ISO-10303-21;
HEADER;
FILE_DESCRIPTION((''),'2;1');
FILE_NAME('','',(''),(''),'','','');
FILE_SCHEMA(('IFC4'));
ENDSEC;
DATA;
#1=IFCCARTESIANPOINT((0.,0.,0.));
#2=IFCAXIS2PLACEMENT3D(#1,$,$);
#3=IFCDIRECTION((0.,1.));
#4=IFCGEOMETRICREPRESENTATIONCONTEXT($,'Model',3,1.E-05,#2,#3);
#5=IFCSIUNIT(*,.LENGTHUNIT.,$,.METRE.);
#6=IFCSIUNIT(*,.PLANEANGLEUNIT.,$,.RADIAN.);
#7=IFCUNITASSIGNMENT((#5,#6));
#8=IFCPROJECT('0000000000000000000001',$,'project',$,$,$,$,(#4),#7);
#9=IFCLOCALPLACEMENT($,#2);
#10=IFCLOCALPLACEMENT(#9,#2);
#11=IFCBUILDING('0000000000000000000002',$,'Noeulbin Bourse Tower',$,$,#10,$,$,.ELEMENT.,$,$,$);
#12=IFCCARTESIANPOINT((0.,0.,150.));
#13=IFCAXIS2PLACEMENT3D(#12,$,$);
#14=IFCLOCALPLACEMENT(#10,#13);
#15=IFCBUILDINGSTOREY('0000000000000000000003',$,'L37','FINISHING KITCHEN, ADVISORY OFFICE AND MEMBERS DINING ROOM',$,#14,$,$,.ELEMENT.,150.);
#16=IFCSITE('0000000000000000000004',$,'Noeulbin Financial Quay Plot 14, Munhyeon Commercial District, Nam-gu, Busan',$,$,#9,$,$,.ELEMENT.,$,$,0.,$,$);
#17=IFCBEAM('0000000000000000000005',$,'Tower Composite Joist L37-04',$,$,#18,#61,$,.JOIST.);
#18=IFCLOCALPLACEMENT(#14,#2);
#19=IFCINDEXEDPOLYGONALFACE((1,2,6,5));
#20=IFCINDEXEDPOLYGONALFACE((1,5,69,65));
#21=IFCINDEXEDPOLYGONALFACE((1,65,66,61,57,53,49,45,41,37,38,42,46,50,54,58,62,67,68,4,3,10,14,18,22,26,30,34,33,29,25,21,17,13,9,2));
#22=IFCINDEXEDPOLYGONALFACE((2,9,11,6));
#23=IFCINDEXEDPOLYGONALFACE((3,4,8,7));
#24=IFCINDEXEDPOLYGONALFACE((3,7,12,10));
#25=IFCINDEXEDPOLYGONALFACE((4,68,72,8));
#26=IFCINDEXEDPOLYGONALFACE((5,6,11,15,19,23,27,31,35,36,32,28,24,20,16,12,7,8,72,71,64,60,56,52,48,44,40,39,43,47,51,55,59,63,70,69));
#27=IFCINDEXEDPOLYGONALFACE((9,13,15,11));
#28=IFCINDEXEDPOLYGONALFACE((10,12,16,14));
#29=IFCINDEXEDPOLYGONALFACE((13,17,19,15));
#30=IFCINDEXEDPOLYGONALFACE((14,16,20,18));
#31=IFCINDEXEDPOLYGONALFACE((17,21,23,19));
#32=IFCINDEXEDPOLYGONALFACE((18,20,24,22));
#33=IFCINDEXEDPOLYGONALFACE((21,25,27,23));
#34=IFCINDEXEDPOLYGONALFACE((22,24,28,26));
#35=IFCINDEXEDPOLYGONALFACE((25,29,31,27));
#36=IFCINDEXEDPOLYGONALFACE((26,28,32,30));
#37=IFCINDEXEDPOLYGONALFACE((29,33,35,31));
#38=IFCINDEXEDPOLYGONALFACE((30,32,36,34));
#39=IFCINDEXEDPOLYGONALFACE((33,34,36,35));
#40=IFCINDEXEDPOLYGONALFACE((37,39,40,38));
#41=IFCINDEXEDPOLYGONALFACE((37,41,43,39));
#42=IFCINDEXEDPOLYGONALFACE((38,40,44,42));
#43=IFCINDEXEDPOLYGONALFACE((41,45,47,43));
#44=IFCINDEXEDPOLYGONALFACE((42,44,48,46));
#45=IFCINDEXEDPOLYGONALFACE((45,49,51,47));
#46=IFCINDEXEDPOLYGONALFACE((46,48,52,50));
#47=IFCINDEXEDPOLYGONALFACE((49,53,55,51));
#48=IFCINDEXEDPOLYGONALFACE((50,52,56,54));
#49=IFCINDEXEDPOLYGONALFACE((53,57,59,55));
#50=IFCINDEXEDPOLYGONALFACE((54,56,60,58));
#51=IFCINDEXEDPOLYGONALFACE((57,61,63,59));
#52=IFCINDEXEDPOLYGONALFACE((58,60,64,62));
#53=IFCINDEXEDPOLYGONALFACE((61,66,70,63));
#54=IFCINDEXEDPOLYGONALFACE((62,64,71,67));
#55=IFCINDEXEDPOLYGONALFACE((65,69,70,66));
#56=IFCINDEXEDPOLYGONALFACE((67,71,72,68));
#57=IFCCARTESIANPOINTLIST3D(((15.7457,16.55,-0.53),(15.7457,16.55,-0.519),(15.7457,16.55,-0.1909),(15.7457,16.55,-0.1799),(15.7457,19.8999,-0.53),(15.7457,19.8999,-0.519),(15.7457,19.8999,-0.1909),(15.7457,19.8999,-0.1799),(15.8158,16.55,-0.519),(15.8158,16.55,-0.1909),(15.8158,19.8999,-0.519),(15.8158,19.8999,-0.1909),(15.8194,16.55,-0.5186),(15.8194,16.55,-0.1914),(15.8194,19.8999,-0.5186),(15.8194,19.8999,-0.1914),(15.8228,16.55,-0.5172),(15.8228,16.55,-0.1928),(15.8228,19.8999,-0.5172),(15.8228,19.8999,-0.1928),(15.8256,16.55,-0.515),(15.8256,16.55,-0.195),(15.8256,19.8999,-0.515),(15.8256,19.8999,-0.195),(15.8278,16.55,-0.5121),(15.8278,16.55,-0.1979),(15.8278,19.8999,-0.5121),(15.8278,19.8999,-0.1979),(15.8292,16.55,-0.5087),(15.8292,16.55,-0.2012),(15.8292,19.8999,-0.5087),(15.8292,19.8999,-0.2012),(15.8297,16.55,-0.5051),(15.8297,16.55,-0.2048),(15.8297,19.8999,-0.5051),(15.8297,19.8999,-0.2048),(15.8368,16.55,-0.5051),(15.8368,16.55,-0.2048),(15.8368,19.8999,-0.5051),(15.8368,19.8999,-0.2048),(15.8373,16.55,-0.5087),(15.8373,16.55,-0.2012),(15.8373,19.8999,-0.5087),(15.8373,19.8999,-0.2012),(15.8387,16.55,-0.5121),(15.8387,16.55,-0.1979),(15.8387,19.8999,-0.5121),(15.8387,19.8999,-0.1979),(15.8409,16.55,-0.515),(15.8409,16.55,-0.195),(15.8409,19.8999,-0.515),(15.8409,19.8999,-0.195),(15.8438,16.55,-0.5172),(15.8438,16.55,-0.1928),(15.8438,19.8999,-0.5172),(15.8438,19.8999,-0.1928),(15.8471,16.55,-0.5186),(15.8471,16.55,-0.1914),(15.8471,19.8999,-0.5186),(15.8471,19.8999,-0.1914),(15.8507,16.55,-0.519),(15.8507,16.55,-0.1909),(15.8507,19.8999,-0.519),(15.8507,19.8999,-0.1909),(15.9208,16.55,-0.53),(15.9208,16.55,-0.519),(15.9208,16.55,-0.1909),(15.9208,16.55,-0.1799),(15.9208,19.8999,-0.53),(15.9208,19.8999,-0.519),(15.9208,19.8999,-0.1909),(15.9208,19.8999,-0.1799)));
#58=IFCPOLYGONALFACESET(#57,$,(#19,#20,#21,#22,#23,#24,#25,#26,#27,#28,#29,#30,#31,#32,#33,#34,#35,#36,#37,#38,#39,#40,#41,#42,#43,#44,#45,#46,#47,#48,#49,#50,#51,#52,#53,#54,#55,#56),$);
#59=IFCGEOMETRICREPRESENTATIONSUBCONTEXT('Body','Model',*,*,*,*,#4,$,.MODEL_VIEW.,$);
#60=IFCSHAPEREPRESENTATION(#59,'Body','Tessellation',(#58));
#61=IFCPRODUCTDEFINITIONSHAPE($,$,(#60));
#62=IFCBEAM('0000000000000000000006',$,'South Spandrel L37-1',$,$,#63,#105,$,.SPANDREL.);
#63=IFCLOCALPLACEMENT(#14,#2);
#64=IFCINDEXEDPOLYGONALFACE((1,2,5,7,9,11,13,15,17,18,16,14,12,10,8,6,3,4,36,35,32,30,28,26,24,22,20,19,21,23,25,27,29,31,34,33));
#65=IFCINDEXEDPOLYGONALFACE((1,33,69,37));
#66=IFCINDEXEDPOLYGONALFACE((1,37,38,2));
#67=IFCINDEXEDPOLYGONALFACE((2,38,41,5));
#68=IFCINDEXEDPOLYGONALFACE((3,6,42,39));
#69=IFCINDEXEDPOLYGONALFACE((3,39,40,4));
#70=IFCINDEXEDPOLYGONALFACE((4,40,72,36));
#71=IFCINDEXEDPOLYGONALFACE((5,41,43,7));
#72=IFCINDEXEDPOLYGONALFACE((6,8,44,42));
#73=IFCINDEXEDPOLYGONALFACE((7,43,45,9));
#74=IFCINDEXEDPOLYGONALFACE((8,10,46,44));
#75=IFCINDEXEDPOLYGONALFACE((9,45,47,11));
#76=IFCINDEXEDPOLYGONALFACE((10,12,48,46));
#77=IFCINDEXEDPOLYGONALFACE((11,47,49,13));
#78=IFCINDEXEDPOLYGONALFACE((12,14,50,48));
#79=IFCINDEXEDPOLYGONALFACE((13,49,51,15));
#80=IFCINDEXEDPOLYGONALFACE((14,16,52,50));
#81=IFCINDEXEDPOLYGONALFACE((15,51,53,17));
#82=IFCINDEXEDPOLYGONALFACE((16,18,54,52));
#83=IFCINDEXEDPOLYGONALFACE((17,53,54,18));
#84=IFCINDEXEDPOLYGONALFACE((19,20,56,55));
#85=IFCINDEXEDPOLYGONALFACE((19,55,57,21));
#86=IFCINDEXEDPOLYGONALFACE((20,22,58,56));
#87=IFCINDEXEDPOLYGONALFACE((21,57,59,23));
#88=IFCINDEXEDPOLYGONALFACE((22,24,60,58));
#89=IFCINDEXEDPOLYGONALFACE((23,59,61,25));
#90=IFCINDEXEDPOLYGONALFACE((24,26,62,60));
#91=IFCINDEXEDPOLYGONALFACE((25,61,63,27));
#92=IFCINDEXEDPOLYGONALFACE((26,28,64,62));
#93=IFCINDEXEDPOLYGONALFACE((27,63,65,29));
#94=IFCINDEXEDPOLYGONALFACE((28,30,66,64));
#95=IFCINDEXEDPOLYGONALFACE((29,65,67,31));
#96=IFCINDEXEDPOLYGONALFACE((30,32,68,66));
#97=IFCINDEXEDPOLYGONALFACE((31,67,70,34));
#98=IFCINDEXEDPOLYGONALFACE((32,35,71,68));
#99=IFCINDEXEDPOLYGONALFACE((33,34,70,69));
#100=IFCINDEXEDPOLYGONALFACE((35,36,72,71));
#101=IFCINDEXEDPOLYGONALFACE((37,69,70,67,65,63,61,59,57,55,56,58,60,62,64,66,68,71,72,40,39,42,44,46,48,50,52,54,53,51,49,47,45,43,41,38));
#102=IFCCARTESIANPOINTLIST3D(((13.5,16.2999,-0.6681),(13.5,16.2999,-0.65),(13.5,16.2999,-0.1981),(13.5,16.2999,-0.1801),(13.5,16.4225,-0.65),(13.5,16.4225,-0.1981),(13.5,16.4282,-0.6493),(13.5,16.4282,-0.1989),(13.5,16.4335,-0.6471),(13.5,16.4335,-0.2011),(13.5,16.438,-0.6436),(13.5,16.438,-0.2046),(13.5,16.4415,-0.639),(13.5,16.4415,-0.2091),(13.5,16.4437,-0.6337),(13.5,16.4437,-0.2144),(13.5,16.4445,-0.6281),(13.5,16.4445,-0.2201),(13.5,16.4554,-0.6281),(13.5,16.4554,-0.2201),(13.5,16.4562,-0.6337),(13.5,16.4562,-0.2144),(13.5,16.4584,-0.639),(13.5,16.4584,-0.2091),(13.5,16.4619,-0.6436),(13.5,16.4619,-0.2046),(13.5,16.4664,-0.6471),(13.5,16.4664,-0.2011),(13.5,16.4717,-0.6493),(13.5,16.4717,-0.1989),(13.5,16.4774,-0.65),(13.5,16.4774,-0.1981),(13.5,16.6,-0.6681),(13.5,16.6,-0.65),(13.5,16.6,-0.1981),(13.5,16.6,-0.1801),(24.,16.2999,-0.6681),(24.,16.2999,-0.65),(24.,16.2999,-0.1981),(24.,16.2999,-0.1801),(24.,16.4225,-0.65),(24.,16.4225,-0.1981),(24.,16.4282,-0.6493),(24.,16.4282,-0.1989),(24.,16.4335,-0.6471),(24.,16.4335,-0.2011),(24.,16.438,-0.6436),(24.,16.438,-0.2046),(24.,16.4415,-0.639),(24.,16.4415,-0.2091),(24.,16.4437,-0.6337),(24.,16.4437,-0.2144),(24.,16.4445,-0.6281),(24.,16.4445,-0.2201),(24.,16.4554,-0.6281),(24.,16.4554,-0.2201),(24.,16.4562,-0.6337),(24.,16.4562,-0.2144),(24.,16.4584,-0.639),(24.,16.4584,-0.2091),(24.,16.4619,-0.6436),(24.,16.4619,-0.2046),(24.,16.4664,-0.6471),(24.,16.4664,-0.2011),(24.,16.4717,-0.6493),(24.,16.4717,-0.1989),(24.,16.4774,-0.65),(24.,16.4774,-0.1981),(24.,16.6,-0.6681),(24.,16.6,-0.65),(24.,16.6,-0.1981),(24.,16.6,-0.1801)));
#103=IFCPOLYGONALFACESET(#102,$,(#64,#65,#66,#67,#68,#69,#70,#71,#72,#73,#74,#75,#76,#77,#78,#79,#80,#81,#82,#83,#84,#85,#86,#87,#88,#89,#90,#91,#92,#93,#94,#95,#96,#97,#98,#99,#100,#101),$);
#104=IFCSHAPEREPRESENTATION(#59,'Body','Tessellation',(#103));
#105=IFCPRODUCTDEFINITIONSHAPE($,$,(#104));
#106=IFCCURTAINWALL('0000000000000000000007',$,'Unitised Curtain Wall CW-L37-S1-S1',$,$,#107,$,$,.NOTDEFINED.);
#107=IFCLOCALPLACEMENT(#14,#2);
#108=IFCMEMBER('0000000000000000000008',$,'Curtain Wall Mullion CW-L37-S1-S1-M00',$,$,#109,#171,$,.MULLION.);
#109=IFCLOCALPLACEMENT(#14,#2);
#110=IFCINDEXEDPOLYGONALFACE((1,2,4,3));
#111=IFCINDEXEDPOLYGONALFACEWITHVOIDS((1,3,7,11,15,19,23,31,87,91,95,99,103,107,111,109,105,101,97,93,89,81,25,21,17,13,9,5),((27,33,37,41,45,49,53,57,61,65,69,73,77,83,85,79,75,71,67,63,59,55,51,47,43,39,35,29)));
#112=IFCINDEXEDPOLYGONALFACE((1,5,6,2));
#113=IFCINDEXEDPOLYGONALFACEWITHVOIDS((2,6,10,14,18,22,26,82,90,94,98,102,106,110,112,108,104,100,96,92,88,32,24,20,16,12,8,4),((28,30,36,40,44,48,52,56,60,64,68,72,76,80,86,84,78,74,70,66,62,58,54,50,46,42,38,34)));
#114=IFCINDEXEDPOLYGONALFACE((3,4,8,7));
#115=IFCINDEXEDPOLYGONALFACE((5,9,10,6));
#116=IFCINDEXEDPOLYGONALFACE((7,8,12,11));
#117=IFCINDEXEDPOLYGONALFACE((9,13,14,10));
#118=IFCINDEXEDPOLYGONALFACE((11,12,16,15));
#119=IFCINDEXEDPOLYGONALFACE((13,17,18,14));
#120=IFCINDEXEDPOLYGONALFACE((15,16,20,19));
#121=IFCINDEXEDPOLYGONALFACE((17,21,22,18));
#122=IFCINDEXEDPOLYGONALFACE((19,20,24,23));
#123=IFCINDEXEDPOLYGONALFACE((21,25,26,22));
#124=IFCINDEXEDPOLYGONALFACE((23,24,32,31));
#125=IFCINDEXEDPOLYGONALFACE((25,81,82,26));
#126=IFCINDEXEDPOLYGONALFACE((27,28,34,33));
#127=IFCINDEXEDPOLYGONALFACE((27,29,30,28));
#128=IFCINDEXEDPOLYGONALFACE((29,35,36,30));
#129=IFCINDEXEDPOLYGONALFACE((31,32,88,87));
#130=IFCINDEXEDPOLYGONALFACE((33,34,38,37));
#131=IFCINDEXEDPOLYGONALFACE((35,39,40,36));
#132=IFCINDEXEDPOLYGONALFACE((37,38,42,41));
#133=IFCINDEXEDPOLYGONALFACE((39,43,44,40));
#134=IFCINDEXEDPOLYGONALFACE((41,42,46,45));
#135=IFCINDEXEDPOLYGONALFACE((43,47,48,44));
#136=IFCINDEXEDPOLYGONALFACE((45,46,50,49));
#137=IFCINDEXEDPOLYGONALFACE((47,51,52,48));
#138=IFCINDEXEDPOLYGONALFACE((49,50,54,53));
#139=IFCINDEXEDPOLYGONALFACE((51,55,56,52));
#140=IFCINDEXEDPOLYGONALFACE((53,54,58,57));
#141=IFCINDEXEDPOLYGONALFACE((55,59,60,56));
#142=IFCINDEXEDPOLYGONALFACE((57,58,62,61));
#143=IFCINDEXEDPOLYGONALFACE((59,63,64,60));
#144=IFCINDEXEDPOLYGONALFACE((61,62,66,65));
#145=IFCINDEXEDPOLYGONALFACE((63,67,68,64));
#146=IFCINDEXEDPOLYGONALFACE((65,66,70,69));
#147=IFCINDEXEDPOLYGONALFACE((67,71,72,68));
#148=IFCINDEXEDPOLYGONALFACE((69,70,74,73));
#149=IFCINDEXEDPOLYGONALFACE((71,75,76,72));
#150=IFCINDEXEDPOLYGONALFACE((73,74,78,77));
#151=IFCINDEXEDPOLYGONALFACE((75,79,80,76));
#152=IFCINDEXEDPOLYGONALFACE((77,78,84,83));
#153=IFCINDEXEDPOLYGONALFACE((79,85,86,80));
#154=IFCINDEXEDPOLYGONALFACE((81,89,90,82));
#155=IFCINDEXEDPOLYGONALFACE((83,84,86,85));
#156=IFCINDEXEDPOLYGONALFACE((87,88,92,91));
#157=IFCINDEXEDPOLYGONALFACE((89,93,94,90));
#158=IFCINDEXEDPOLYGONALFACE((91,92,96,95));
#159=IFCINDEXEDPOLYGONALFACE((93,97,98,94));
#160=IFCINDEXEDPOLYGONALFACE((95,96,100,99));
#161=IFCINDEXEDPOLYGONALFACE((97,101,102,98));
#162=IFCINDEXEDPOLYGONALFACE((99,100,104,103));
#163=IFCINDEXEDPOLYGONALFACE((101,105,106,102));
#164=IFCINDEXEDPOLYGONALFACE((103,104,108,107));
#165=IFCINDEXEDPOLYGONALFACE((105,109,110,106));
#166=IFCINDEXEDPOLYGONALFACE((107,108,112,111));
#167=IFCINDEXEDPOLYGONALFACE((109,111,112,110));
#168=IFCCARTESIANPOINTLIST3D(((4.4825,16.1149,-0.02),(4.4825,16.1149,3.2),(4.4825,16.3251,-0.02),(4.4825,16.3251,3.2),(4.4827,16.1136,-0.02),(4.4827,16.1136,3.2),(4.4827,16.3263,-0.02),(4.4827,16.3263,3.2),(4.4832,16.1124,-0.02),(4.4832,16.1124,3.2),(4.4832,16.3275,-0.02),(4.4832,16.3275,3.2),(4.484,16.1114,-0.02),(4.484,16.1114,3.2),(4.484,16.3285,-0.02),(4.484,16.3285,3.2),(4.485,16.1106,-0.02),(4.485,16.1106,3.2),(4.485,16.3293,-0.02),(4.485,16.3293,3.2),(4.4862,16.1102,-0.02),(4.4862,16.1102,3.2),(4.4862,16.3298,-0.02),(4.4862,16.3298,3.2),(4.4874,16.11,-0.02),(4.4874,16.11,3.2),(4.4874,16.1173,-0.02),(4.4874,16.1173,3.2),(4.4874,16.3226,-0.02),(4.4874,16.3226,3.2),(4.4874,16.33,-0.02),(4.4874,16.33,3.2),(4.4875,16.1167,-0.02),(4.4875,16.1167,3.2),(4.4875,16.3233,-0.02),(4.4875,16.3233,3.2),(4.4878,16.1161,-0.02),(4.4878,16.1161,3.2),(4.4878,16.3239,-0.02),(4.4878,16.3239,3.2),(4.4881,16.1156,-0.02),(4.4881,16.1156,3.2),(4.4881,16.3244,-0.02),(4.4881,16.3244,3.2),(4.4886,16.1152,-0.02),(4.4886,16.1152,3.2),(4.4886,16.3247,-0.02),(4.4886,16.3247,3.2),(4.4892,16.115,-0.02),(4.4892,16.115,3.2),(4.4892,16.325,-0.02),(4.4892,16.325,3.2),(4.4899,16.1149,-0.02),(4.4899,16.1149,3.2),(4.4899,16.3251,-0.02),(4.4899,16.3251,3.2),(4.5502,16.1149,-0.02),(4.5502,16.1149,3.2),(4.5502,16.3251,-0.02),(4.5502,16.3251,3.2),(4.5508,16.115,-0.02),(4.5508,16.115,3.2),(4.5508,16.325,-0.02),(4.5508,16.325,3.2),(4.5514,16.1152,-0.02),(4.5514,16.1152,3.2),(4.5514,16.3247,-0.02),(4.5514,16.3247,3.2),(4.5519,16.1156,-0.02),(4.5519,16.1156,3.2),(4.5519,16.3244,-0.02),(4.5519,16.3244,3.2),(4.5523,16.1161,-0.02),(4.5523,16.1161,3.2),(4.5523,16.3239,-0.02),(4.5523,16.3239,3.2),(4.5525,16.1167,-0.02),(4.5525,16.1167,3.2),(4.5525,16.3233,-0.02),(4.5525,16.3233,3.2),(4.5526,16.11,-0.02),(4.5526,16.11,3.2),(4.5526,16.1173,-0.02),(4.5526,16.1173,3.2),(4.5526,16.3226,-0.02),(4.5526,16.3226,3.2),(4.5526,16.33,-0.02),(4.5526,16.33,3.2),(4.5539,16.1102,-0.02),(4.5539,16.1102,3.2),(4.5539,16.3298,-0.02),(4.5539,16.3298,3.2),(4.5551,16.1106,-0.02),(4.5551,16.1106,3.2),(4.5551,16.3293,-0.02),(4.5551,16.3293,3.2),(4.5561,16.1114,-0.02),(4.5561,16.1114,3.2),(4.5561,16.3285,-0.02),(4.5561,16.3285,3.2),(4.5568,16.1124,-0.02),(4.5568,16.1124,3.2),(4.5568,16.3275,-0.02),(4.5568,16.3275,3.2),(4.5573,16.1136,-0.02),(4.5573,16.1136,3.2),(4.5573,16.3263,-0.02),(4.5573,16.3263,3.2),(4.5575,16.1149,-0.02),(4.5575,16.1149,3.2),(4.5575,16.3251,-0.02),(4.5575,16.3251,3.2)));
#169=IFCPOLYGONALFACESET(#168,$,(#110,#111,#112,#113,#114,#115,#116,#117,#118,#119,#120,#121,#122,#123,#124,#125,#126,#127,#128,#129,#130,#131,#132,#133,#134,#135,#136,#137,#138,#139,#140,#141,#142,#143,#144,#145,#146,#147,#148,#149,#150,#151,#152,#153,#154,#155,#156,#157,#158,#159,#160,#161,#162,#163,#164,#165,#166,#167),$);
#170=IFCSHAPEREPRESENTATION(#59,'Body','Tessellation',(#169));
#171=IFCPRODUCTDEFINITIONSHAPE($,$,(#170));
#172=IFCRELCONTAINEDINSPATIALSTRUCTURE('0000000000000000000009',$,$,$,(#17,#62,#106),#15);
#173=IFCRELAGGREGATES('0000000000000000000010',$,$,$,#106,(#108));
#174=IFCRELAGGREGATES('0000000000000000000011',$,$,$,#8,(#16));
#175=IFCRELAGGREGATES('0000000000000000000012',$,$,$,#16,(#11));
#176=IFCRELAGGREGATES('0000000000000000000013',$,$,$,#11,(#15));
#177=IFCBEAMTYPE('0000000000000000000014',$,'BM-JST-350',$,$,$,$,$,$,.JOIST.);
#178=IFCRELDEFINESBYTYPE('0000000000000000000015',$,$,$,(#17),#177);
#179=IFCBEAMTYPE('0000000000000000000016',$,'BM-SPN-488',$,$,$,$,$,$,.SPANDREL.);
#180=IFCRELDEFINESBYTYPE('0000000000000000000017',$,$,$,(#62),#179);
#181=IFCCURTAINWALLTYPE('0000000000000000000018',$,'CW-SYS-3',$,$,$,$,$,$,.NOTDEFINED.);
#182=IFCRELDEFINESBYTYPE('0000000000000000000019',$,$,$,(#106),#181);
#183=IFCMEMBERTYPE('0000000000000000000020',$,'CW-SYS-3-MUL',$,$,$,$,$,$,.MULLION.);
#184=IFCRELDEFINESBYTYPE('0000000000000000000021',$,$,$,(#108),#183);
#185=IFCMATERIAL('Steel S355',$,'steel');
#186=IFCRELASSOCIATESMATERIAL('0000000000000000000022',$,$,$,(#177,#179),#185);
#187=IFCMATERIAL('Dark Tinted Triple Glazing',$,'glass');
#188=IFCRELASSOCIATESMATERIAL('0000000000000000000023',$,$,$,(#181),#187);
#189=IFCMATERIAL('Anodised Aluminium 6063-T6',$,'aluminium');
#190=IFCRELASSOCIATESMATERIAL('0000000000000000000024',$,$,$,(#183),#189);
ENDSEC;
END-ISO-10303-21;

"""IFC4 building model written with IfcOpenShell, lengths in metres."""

from ifc_helpers import new_model, si_unit, direction, frame, origin, origin_2d, place, context, subcontext, project, spatial, hollow_rectangle, i_section, extrude, material, material_profile, profile_set, type_object, element, aggregate, save


model = new_model("IFC4")

# Units and contexts
model_context = context("Model", 3, precision=1e-05, world=origin(), true_north=direction((0.0, 1.0)))
body_context = subcontext(model_context, "Body", "Model", "MODEL_VIEW")
ifc_project = project(units=[si_unit("LENGTHUNIT", "METRE"), si_unit("PLANEANGLEUNIT", "RADIAN")], contexts=[model_context])

# Site, building, storey
site_placement = place(None, origin())
site = spatial("IfcSite", under=ifc_project, at=site_placement, Name="Noeulbin Financial Quay Plot 14, Munhyeon Commercial District, Nam-gu, Busan", CompositionType="ELEMENT", RefElevation=0.0)
building_placement = place(site_placement, origin())
building = spatial("IfcBuilding", under=site, at=building_placement, Name="Noeulbin Bourse Tower", CompositionType="ELEMENT")
storey_placement = place(building_placement, frame((0.0, 0.0, 150.0)))
storey = spatial("IfcBuildingStorey", under=building, at=storey_placement, Name="L37", Description="FINISHING KITCHEN, ADVISORY OFFICE AND MEMBERS DINING ROOM", CompositionType="ELEMENT", Elevation=150.0)

# Shared definitions
ifc_material_1 = material(Name="Steel S355", Category="steel")

# Beams
ifc_material_profile_1 = material_profile(ifc_material_1, i_section(OverallWidth=0.175, OverallDepth=0.3501, WebThickness=0.0071, FlangeThickness=0.011, FilletRadius=0.0139, at=origin_2d()), Name="H-350x175x7x11", Category="LoadBearing")
ifc_profile_set_1 = profile_set([ifc_material_profile_1], Name="Steel S355")
beam_type_1 = type_object("IfcBeamType", Name="BM-JST-350", PredefinedType="JOIST", material=ifc_profile_set_1)
for number, where, z_axis, x_axis, name in (
    (1, (15.8333, 16.55, -0.355), (0.0, 1.0, 0.0), (-1.0, 0.0, 0.0), "Tower Composite Joist L37-04"),
):
    element("IfcBeam", number, at=place(storey_placement, frame(where, z_axis=z_axis, x_axis=x_axis)), inside=storey, type_object=beam_type_1, Name=name, PredefinedType="JOIST", context=body_context, shape_type="SweptSolid", body=[
        extrude(i_section(OverallWidth=0.175, OverallDepth=0.3501, WebThickness=0.0071, FlangeThickness=0.011, FilletRadius=0.0139, at=origin_2d()), origin(), (0.0, 0.0, 1.0), 3.3499),
    ])
ifc_material_profile_2 = material_profile(ifc_material_1, i_section(OverallWidth=0.3, OverallDepth=0.488, WebThickness=0.011, FlangeThickness=0.0181, FilletRadius=0.022, at=origin_2d()), Name="H-488x300x11x18", Category="LoadBearing")
ifc_profile_set_2 = profile_set([ifc_material_profile_2], Name="Steel S355")
beam_type_2 = type_object("IfcBeamType", Name="BM-SPN-488", PredefinedType="SPANDREL", material=ifc_profile_set_2)
beam_1_placement = place(storey_placement, frame((13.5, 16.45, -0.4241), z_axis=(1.0, 0.0, 0.0), x_axis=(0.0, 1.0, 0.0)))
element("IfcBeam", 2, at=beam_1_placement, inside=storey, type_object=beam_type_2, Name="South Spandrel L37-1", PredefinedType="SPANDREL", context=body_context, shape_type="SweptSolid", body=[
    extrude(i_section(OverallWidth=0.3, OverallDepth=0.488, WebThickness=0.011, FlangeThickness=0.0181, FilletRadius=0.022, at=origin_2d()), origin(), (0.0, 0.0, 1.0), 10.5),
])

# Curtain wall, member
ifc_material_2 = material(Name="Dark Tinted Triple Glazing", Category="glass")
curtain_wall_type = type_object("IfcCurtainWallType", Name="CW-SYS-3", PredefinedType="NOTDEFINED", material=ifc_material_2)
curtain_wall_1_placement = place(storey_placement, origin())
curtain_wall_1 = element("IfcCurtainWall", 3, at=curtain_wall_1_placement, inside=storey, type_object=curtain_wall_type, Name="Unitised Curtain Wall CW-L37-S1-S1", PredefinedType="NOTDEFINED")
ifc_material_3 = material(Name="Anodised Aluminium 6063-T6", Category="aluminium")
ifc_material_profile_3 = material_profile(ifc_material_3, hollow_rectangle(XDim=0.075, YDim=0.22, WallThickness=0.0049, InnerFilletRadius=0.0024, OuterFilletRadius=0.0049, at=origin_2d()), Name="ALU-MULL-75x220x5", Category="LoadBearing")
ifc_profile_set_3 = profile_set([ifc_material_profile_3], Name="Anodised Aluminium 6063-T6")
member_type_1 = type_object("IfcMemberType", Name="CW-SYS-3-MUL", PredefinedType="MULLION", material=ifc_profile_set_3)
member_1_placement = place(storey_placement, frame((4.52, 16.22, -0.02), z_axis=(0.0, 0.0, 1.0), x_axis=(1.0, 0.0, 0.0)))
member_1 = element("IfcMember", 4, at=member_1_placement, type_object=member_type_1, Name="Curtain Wall Mullion CW-L37-S1-S1-M00", PredefinedType="MULLION", context=body_context, shape_type="SweptSolid", body=[
    extrude(hollow_rectangle(XDim=0.075, YDim=0.22, WallThickness=0.0049, InnerFilletRadius=0.0024, OuterFilletRadius=0.0049, at=origin_2d()), origin(), (0.0, 0.0, 1.0), 3.22),
])

aggregate(curtain_wall_1, [member_1])

save(model, "model.ifc")
